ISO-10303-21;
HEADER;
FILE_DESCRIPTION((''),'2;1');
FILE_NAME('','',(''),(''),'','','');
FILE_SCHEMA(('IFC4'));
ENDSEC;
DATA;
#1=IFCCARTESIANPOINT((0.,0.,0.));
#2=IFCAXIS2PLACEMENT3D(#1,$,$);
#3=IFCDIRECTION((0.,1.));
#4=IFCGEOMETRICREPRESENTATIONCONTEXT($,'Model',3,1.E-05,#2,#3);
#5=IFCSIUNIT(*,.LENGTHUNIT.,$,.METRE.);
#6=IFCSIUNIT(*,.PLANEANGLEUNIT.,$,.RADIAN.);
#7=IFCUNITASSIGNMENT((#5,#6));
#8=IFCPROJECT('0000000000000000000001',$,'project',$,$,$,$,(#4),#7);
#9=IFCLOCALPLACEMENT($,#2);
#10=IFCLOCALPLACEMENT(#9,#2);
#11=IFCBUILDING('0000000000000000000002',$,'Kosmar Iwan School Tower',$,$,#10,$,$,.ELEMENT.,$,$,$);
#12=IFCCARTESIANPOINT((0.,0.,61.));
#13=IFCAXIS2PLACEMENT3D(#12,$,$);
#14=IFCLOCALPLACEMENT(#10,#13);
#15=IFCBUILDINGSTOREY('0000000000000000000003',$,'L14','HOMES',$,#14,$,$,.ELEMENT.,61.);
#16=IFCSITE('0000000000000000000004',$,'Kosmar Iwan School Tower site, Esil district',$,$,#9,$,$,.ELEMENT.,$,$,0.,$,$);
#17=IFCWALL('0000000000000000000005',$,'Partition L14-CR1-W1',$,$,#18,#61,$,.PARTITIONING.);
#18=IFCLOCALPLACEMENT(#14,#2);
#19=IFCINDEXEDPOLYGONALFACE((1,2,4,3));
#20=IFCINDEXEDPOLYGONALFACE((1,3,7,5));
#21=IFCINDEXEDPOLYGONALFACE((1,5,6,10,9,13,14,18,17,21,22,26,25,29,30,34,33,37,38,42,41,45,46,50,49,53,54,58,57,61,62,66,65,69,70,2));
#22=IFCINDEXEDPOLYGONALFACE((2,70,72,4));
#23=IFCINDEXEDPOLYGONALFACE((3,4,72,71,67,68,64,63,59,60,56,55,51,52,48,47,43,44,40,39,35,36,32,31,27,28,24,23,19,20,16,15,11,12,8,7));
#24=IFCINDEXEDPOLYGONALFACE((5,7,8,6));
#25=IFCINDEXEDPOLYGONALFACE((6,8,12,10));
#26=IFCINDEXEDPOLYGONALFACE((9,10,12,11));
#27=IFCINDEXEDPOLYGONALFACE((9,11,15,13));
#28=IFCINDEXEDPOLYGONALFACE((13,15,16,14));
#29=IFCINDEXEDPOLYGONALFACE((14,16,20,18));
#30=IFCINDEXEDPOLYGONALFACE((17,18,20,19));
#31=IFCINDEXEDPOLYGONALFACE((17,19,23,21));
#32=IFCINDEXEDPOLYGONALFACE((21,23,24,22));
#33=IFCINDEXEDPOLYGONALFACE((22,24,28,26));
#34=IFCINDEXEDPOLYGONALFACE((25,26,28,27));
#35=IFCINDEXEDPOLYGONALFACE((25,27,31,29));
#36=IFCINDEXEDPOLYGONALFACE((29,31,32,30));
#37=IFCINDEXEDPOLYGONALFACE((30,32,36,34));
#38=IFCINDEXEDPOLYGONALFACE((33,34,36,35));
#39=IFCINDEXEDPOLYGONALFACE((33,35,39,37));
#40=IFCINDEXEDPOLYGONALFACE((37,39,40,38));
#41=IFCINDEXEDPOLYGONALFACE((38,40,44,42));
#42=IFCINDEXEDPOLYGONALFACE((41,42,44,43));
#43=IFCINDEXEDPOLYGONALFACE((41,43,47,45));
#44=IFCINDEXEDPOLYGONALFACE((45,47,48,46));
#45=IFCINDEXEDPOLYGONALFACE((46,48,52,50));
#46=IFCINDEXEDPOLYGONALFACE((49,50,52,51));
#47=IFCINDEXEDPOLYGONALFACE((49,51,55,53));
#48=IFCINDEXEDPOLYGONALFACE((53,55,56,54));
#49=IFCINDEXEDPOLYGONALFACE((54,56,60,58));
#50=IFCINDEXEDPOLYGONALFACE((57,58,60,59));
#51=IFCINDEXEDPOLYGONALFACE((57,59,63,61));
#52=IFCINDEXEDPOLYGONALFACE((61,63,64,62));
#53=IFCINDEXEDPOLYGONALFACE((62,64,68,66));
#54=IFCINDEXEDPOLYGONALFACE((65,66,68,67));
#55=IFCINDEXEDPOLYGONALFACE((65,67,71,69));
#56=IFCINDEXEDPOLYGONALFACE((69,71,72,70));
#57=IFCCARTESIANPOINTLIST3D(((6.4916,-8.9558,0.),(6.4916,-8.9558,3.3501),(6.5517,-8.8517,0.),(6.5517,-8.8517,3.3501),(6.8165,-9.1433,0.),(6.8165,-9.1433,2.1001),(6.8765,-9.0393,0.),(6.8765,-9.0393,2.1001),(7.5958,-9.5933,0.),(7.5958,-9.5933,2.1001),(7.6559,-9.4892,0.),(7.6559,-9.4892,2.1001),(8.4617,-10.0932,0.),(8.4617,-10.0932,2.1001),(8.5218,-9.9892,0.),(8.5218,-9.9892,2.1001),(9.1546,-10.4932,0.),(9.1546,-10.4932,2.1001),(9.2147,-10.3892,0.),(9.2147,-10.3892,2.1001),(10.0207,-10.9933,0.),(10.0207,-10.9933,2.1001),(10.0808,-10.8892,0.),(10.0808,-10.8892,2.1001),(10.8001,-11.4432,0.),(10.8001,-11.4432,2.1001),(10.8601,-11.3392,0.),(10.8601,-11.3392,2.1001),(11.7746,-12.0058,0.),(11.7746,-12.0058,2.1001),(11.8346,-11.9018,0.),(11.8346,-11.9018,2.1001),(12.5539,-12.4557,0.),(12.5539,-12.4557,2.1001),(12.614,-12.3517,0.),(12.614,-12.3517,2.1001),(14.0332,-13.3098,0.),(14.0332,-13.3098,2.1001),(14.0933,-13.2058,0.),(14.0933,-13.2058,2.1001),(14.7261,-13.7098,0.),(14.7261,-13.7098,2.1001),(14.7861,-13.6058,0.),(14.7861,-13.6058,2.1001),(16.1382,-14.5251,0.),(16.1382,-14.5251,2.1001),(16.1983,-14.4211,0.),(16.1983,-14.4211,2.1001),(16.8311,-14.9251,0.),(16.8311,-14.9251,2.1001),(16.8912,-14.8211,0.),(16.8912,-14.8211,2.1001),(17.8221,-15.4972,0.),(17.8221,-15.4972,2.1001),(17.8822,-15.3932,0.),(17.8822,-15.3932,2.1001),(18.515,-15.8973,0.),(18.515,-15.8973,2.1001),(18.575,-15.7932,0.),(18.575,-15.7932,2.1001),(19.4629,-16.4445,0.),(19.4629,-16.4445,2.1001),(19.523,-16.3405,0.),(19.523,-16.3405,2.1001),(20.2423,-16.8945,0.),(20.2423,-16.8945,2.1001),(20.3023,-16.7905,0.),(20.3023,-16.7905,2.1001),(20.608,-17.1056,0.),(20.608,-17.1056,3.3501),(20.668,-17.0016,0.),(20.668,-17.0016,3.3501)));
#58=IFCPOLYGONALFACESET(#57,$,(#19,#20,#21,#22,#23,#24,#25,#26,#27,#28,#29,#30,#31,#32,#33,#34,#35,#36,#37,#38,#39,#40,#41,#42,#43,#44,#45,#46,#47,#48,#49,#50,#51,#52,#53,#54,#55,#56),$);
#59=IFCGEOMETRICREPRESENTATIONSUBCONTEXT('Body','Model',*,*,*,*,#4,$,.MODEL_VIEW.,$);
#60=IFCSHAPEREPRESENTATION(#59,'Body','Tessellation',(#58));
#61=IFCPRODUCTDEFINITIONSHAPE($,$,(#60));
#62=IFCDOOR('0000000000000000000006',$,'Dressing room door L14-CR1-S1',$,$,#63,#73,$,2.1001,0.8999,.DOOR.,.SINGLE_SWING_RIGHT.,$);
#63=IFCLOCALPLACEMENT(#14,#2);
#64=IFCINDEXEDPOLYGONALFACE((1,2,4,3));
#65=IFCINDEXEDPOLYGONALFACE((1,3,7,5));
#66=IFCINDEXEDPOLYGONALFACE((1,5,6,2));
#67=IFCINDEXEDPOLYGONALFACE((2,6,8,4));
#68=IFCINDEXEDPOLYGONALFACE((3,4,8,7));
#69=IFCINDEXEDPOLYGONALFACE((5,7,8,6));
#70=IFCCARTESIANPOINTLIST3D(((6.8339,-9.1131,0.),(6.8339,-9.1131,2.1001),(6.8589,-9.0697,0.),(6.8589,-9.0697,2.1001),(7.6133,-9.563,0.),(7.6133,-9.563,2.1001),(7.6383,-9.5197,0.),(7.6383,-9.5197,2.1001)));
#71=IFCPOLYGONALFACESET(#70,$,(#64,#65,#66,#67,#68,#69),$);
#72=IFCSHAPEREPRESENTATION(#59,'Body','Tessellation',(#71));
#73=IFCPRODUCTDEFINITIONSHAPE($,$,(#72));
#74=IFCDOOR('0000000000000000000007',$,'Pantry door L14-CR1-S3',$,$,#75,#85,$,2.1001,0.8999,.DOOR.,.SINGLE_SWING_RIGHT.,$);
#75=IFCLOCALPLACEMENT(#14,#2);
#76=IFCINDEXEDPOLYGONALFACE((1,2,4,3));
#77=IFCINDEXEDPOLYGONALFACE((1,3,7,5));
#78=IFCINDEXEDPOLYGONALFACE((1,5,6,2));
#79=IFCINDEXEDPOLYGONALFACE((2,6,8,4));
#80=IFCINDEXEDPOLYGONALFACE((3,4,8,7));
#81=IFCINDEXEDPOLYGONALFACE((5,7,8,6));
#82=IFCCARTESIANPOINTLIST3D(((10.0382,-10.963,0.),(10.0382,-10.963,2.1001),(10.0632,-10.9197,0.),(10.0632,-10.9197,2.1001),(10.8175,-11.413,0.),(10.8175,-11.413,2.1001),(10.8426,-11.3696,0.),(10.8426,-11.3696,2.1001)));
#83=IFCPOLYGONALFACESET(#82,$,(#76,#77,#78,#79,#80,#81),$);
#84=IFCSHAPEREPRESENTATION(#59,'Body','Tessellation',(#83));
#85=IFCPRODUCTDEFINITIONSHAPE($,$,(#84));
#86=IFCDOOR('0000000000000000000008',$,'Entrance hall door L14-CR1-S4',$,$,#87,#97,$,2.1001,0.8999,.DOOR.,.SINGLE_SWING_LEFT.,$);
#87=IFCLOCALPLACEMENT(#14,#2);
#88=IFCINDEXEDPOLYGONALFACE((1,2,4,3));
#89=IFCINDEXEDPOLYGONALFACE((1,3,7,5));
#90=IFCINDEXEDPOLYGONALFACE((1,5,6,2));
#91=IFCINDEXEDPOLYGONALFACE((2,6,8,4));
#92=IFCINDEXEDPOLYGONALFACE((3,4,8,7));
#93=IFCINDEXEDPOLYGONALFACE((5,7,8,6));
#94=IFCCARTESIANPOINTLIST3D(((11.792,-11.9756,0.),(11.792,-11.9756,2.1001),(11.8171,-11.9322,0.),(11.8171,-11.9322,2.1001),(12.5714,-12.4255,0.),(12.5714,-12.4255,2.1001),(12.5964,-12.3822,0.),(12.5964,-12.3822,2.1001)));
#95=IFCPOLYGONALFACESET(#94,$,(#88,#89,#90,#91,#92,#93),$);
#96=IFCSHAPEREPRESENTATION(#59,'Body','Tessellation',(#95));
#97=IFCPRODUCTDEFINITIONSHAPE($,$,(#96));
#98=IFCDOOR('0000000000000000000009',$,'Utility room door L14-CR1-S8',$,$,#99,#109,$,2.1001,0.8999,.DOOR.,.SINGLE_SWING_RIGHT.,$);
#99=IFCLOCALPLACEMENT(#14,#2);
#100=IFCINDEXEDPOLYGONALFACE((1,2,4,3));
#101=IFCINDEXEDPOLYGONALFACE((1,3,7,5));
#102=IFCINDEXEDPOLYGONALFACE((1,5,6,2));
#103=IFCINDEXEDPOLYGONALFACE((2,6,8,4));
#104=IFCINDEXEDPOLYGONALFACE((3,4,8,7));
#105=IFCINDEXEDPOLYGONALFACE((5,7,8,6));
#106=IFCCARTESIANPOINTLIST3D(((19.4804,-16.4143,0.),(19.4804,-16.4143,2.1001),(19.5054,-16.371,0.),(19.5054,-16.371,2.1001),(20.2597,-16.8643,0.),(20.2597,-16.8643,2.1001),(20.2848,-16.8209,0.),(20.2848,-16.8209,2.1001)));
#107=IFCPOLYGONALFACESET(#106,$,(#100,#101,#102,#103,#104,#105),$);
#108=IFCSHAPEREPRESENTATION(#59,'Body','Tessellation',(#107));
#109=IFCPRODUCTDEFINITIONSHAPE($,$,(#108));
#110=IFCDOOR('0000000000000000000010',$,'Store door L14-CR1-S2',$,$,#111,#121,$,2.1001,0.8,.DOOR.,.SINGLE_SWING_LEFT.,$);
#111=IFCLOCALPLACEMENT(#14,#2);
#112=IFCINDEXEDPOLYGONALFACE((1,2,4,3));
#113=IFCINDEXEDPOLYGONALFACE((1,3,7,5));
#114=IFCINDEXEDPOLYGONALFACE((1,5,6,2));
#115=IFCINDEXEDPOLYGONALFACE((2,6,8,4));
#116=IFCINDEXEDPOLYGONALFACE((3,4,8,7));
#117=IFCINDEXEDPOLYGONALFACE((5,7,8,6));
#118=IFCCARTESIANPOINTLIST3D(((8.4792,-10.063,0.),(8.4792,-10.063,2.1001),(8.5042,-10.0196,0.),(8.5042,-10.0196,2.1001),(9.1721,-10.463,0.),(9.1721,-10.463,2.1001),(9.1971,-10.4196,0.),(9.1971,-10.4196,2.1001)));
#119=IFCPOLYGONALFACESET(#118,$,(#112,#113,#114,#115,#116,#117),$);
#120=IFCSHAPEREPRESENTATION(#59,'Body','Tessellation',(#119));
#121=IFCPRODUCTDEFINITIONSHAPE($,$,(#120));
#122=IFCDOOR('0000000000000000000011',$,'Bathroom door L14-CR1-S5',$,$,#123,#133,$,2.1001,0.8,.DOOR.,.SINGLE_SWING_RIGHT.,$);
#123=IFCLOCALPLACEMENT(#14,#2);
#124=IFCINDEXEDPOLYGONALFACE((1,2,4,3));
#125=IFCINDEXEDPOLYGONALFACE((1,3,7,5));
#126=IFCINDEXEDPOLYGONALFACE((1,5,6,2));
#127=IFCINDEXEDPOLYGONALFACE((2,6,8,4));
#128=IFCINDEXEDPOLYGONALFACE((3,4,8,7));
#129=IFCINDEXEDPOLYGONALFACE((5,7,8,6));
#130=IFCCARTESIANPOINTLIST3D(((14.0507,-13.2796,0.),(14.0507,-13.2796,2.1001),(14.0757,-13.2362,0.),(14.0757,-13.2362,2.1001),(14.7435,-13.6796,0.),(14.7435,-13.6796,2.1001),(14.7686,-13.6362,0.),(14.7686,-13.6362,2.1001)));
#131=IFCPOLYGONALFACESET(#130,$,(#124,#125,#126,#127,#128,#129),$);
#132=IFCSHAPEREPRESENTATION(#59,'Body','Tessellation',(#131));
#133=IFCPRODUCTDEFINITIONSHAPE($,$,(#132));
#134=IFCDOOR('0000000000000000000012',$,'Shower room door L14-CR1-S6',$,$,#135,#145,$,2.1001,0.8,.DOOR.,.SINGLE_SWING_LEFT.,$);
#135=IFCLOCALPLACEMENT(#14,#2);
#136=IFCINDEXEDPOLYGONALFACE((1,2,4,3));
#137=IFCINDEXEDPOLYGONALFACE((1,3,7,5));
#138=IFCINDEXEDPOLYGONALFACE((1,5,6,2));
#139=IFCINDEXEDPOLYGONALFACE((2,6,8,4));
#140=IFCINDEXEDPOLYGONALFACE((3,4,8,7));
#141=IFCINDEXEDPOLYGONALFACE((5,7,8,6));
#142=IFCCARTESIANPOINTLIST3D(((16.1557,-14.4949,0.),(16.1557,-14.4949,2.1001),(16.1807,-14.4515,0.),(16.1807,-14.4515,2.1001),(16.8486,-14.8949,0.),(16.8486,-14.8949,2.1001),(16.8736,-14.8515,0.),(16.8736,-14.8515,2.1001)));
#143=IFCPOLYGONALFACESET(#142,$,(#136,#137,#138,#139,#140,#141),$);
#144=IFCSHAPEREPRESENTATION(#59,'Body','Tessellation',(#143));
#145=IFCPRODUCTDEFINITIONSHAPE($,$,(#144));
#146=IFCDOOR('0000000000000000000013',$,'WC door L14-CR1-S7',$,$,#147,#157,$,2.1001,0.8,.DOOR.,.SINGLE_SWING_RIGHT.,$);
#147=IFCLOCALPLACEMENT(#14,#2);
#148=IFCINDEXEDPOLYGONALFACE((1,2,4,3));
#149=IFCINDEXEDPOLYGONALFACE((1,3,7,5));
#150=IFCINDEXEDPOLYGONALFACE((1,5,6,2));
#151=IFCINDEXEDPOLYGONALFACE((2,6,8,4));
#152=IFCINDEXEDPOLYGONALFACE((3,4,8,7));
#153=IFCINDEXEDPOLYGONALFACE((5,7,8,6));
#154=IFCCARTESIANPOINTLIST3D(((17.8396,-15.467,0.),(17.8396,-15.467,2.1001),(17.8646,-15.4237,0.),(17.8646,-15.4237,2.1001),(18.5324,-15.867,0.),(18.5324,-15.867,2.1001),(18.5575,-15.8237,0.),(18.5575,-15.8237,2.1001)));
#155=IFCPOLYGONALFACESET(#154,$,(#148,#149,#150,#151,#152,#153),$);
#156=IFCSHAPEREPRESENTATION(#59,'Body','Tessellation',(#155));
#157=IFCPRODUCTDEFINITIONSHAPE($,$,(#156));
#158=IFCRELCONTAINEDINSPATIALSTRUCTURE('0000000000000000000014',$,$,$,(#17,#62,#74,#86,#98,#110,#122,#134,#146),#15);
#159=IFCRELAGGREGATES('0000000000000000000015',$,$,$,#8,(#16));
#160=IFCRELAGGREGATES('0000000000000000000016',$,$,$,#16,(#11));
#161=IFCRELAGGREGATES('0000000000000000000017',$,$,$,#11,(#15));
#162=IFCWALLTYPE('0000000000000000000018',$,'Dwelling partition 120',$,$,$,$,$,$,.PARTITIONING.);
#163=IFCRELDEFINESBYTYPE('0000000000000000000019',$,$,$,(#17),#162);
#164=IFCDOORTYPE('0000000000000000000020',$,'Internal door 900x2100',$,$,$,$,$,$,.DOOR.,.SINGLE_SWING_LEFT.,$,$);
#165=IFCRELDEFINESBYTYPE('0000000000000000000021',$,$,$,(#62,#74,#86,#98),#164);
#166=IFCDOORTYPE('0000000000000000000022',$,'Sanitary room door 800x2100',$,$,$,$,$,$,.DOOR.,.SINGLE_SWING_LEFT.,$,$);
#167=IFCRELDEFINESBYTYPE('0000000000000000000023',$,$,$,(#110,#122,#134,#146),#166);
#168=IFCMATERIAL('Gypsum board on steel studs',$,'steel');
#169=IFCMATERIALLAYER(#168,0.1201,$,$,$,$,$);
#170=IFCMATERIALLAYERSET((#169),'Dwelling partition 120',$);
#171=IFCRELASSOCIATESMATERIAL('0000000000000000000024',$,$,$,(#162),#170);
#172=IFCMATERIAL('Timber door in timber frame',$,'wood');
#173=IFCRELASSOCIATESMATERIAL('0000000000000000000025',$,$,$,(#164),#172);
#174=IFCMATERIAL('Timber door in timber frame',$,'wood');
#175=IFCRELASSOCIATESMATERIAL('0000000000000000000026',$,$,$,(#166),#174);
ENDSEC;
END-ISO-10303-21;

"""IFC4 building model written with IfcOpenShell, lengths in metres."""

from ifc_helpers import new_model, si_unit, direction, frame, frame_2d, origin, place, context, subcontext, project, spatial, rectangle, extrude, material, layer, layer_set, type_object, element, fill, save


model = new_model("IFC4")

# Units and contexts
model_context = context("Model", 3, precision=1e-05, world=origin(), true_north=direction((0.0, 1.0)))
body_context = subcontext(model_context, "Body", "Model", "MODEL_VIEW")
ifc_project = project(units=[si_unit("LENGTHUNIT", "METRE"), si_unit("PLANEANGLEUNIT", "RADIAN")], contexts=[model_context])

# Site, building, storey
site_placement = place(None, origin())
site = spatial("IfcSite", under=ifc_project, at=site_placement, Name="Kosmar Iwan School Tower site, Esil district", CompositionType="ELEMENT", RefElevation=0.0)
building_placement = place(site_placement, origin())
building = spatial("IfcBuilding", under=site, at=building_placement, Name="Kosmar Iwan School Tower", CompositionType="ELEMENT")
storey_placement = place(building_placement, frame((0.0, 0.0, 61.0)))
storey = spatial("IfcBuildingStorey", under=building, at=storey_placement, Name="L14", Description="HOMES", CompositionType="ELEMENT", Elevation=61.0)

# Wall, openings, doors
ifc_material_1 = material(Name="Gypsum board on steel studs", Category="steel")
ifc_layer_1 = layer(ifc_material_1, 0.1201)
ifc_layer_set_1 = layer_set([ifc_layer_1], Name="Dwelling partition 120")
wall_type_1 = type_object("IfcWallType", Name="Dwelling partition 120", PredefinedType="PARTITIONING", material=ifc_layer_set_1)
wall_1_placement = place(storey_placement, frame((6.5217, -8.9038, 0.0), z_axis=(0.0, 0.0, 1.0), x_axis=(0.866032, -0.499989, 0.0)))
wall_1 = element("IfcWall", 1, at=wall_1_placement, inside=storey, type_object=wall_type_1, Name="Partition L14-CR1-W1", PredefinedType="PARTITIONING", context=body_context, shape_type="SweptSolid", body=[
    extrude(rectangle(XDim=16.3, YDim=0.1201, at=frame_2d((8.1499, 0.0))), origin(), (0.0, 0.0, 1.0), 3.3501),
])
opening_1_placement = place(wall_1_placement, frame((0.375, 0.0, 0.0)))
opening_1 = element("IfcOpeningElement", 2, at=opening_1_placement, cuts=wall_1, PredefinedType="OPENING", context=body_context, shape_type="SweptSolid", body=[
    extrude(rectangle(XDim=0.8999, YDim=2.1001, at=frame_2d((0.45, 1.05))), frame((0.0, 0.072, 0.0), z_axis=(0.0, -1.0, 0.0), x_axis=(1.0, 0.0, 0.0)), (0.0, 0.0, 1.0), 0.144),
])
opening_2_placement = place(wall_1_placement, frame((2.2749, 0.0, 0.0)))
opening_2 = element("IfcOpeningElement", 3, at=opening_2_placement, cuts=wall_1, PredefinedType="OPENING", context=body_context, shape_type="SweptSolid", body=[
    extrude(rectangle(XDim=0.8, YDim=2.1001, at=frame_2d((0.3999, 1.05))), frame((0.0, 0.072, 0.0), z_axis=(0.0, -1.0, 0.0), x_axis=(1.0, 0.0, 0.0)), (0.0, 0.0, 1.0), 0.144),
])
opening_3_placement = place(wall_1_placement, frame((4.075, 0.0, 0.0)))
opening_3 = element("IfcOpeningElement", 4, at=opening_3_placement, cuts=wall_1, PredefinedType="OPENING", context=body_context, shape_type="SweptSolid", body=[
    extrude(rectangle(XDim=0.8999, YDim=2.1001, at=frame_2d((0.45, 1.05))), frame((0.0, 0.072, 0.0), z_axis=(0.0, -1.0, 0.0), x_axis=(1.0, 0.0, 0.0)), (0.0, 0.0, 1.0), 0.144),
])
opening_4_placement = place(wall_1_placement, frame((6.1001, 0.0, 0.0)))
opening_4 = element("IfcOpeningElement", 5, at=opening_4_placement, cuts=wall_1, PredefinedType="OPENING", context=body_context, shape_type="SweptSolid", body=[
    extrude(rectangle(XDim=0.8999, YDim=2.1001, at=frame_2d((0.45, 1.05))), frame((0.0, 0.072, 0.0), z_axis=(0.0, -1.0, 0.0), x_axis=(1.0, 0.0, 0.0)), (0.0, 0.0, 1.0), 0.144),
])
opening_5_placement = place(wall_1_placement, frame((8.7083, 0.0, 0.0)))
opening_5 = element("IfcOpeningElement", 6, at=opening_5_placement, cuts=wall_1, PredefinedType="OPENING", context=body_context, shape_type="SweptSolid", body=[
    extrude(rectangle(XDim=0.8, YDim=2.1001, at=frame_2d((0.3999, 1.05))), frame((0.0, 0.072, 0.0), z_axis=(0.0, -1.0, 0.0), x_axis=(1.0, 0.0, 0.0)), (0.0, 0.0, 1.0), 0.144),
])
opening_6_placement = place(wall_1_placement, frame((11.1389, 0.0, 0.0)))
opening_6 = element("IfcOpeningElement", 7, at=opening_6_placement, cuts=wall_1, PredefinedType="OPENING", context=body_context, shape_type="SweptSolid", body=[
    extrude(rectangle(XDim=0.8, YDim=2.1001, at=frame_2d((0.3999, 1.05))), frame((0.0, 0.072, 0.0), z_axis=(0.0, -1.0, 0.0), x_axis=(1.0, 0.0, 0.0)), (0.0, 0.0, 1.0), 0.144),
])
opening_7_placement = place(wall_1_placement, frame((13.0833, 0.0, 0.0)))
opening_7 = element("IfcOpeningElement", 8, at=opening_7_placement, cuts=wall_1, PredefinedType="OPENING", context=body_context, shape_type="SweptSolid", body=[
    extrude(rectangle(XDim=0.8, YDim=2.1001, at=frame_2d((0.3999, 1.05))), frame((0.0, 0.072, 0.0), z_axis=(0.0, -1.0, 0.0), x_axis=(1.0, 0.0, 0.0)), (0.0, 0.0, 1.0), 0.144),
])
opening_8_placement = place(wall_1_placement, frame((14.9778, 0.0, 0.0)))
opening_8 = element("IfcOpeningElement", 9, at=opening_8_placement, cuts=wall_1, PredefinedType="OPENING", context=body_context, shape_type="SweptSolid", body=[
    extrude(rectangle(XDim=0.8999, YDim=2.1001, at=frame_2d((0.45, 1.05))), frame((0.0, 0.072, 0.0), z_axis=(0.0, -1.0, 0.0), x_axis=(1.0, 0.0, 0.0)), (0.0, 0.0, 1.0), 0.144),
])
ifc_material_2 = material(Name="Timber door in timber frame", Category="wood")
door_type_1 = type_object("IfcDoorType", Name="Internal door 900x2100", OperationType="SINGLE_SWING_LEFT", PredefinedType="DOOR", material=ifc_material_2)
door_1_placement = place(opening_1_placement, origin())
door_1 = element("IfcDoor", 10, at=door_1_placement, inside=storey, type_object=door_type_1, Name="Dressing room door L14-CR1-S1", OperationType="SINGLE_SWING_RIGHT", OverallHeight=2.1001, OverallWidth=0.8999, PredefinedType="DOOR", context=body_context, shape_type="SweptSolid", body=[
    extrude(rectangle(XDim=0.8999, YDim=2.1001, at=frame_2d((0.45, 1.05))), frame((0.0, 0.0249, 0.0), z_axis=(0.0, -1.0, 0.0), x_axis=(1.0, 0.0, 0.0)), (0.0, 0.0, 1.0), 0.05),
])
fill(opening_1, door_1)
door_2_placement = place(opening_3_placement, origin())
door_2 = element("IfcDoor", 11, at=door_2_placement, inside=storey, type_object=door_type_1, Name="Pantry door L14-CR1-S3", OperationType="SINGLE_SWING_RIGHT", OverallHeight=2.1001, OverallWidth=0.8999, PredefinedType="DOOR", context=body_context, shape_type="SweptSolid", body=[
    extrude(rectangle(XDim=0.8999, YDim=2.1001, at=frame_2d((0.45, 1.05))), frame((0.0, 0.0249, 0.0), z_axis=(0.0, -1.0, 0.0), x_axis=(1.0, 0.0, 0.0)), (0.0, 0.0, 1.0), 0.05),
])
fill(opening_3, door_2)
door_3_placement = place(opening_4_placement, origin())
door_3 = element("IfcDoor", 12, at=door_3_placement, inside=storey, type_object=door_type_1, Name="Entrance hall door L14-CR1-S4", OperationType="SINGLE_SWING_LEFT", OverallHeight=2.1001, OverallWidth=0.8999, PredefinedType="DOOR", context=body_context, shape_type="SweptSolid", body=[
    extrude(rectangle(XDim=0.8999, YDim=2.1001, at=frame_2d((0.45, 1.05))), frame((0.0, 0.0249, 0.0), z_axis=(0.0, -1.0, 0.0), x_axis=(1.0, 0.0, 0.0)), (0.0, 0.0, 1.0), 0.05),
])
fill(opening_4, door_3)
door_4_placement = place(opening_8_placement, origin())
door_4 = element("IfcDoor", 13, at=door_4_placement, inside=storey, type_object=door_type_1, Name="Utility room door L14-CR1-S8", OperationType="SINGLE_SWING_RIGHT", OverallHeight=2.1001, OverallWidth=0.8999, PredefinedType="DOOR", context=body_context, shape_type="SweptSolid", body=[
    extrude(rectangle(XDim=0.8999, YDim=2.1001, at=frame_2d((0.45, 1.05))), frame((0.0, 0.0249, 0.0), z_axis=(0.0, -1.0, 0.0), x_axis=(1.0, 0.0, 0.0)), (0.0, 0.0, 1.0), 0.05),
])
fill(opening_8, door_4)
ifc_material_3 = material(Name="Timber door in timber frame", Category="wood")
door_type_2 = type_object("IfcDoorType", Name="Sanitary room door 800x2100", OperationType="SINGLE_SWING_LEFT", PredefinedType="DOOR", material=ifc_material_3)
door_5_placement = place(opening_2_placement, origin())
door_5 = element("IfcDoor", 14, at=door_5_placement, inside=storey, type_object=door_type_2, Name="Store door L14-CR1-S2", OperationType="SINGLE_SWING_LEFT", OverallHeight=2.1001, OverallWidth=0.8, PredefinedType="DOOR", context=body_context, shape_type="SweptSolid", body=[
    extrude(rectangle(XDim=0.8, YDim=2.1001, at=frame_2d((0.3999, 1.05))), frame((0.0, 0.0249, 0.0), z_axis=(0.0, -1.0, 0.0), x_axis=(1.0, 0.0, 0.0)), (0.0, 0.0, 1.0), 0.05),
])
fill(opening_2, door_5)
door_6_placement = place(opening_5_placement, origin())
door_6 = element("IfcDoor", 15, at=door_6_placement, inside=storey, type_object=door_type_2, Name="Bathroom door L14-CR1-S5", OperationType="SINGLE_SWING_RIGHT", OverallHeight=2.1001, OverallWidth=0.8, PredefinedType="DOOR", context=body_context, shape_type="SweptSolid", body=[
    extrude(rectangle(XDim=0.8, YDim=2.1001, at=frame_2d((0.3999, 1.05))), frame((0.0, 0.0249, 0.0), z_axis=(0.0, -1.0, 0.0), x_axis=(1.0, 0.0, 0.0)), (0.0, 0.0, 1.0), 0.05),
])
fill(opening_5, door_6)
door_7_placement = place(opening_6_placement, origin())
door_7 = element("IfcDoor", 16, at=door_7_placement, inside=storey, type_object=door_type_2, Name="Shower room door L14-CR1-S6", OperationType="SINGLE_SWING_LEFT", OverallHeight=2.1001, OverallWidth=0.8, PredefinedType="DOOR", context=body_context, shape_type="SweptSolid", body=[
    extrude(rectangle(XDim=0.8, YDim=2.1001, at=frame_2d((0.3999, 1.05))), frame((0.0, 0.0249, 0.0), z_axis=(0.0, -1.0, 0.0), x_axis=(1.0, 0.0, 0.0)), (0.0, 0.0, 1.0), 0.05),
])
fill(opening_6, door_7)
door_8_placement = place(opening_7_placement, origin())
door_8 = element("IfcDoor", 17, at=door_8_placement, inside=storey, type_object=door_type_2, Name="WC door L14-CR1-S7", OperationType="SINGLE_SWING_RIGHT", OverallHeight=2.1001, OverallWidth=0.8, PredefinedType="DOOR", context=body_context, shape_type="SweptSolid", body=[
    extrude(rectangle(XDim=0.8, YDim=2.1001, at=frame_2d((0.3999, 1.05))), frame((0.0, 0.0249, 0.0), z_axis=(0.0, -1.0, 0.0), x_axis=(1.0, 0.0, 0.0)), (0.0, 0.0, 1.0), 0.05),
])
fill(opening_7, door_8)

save(model, "model.ifc")
